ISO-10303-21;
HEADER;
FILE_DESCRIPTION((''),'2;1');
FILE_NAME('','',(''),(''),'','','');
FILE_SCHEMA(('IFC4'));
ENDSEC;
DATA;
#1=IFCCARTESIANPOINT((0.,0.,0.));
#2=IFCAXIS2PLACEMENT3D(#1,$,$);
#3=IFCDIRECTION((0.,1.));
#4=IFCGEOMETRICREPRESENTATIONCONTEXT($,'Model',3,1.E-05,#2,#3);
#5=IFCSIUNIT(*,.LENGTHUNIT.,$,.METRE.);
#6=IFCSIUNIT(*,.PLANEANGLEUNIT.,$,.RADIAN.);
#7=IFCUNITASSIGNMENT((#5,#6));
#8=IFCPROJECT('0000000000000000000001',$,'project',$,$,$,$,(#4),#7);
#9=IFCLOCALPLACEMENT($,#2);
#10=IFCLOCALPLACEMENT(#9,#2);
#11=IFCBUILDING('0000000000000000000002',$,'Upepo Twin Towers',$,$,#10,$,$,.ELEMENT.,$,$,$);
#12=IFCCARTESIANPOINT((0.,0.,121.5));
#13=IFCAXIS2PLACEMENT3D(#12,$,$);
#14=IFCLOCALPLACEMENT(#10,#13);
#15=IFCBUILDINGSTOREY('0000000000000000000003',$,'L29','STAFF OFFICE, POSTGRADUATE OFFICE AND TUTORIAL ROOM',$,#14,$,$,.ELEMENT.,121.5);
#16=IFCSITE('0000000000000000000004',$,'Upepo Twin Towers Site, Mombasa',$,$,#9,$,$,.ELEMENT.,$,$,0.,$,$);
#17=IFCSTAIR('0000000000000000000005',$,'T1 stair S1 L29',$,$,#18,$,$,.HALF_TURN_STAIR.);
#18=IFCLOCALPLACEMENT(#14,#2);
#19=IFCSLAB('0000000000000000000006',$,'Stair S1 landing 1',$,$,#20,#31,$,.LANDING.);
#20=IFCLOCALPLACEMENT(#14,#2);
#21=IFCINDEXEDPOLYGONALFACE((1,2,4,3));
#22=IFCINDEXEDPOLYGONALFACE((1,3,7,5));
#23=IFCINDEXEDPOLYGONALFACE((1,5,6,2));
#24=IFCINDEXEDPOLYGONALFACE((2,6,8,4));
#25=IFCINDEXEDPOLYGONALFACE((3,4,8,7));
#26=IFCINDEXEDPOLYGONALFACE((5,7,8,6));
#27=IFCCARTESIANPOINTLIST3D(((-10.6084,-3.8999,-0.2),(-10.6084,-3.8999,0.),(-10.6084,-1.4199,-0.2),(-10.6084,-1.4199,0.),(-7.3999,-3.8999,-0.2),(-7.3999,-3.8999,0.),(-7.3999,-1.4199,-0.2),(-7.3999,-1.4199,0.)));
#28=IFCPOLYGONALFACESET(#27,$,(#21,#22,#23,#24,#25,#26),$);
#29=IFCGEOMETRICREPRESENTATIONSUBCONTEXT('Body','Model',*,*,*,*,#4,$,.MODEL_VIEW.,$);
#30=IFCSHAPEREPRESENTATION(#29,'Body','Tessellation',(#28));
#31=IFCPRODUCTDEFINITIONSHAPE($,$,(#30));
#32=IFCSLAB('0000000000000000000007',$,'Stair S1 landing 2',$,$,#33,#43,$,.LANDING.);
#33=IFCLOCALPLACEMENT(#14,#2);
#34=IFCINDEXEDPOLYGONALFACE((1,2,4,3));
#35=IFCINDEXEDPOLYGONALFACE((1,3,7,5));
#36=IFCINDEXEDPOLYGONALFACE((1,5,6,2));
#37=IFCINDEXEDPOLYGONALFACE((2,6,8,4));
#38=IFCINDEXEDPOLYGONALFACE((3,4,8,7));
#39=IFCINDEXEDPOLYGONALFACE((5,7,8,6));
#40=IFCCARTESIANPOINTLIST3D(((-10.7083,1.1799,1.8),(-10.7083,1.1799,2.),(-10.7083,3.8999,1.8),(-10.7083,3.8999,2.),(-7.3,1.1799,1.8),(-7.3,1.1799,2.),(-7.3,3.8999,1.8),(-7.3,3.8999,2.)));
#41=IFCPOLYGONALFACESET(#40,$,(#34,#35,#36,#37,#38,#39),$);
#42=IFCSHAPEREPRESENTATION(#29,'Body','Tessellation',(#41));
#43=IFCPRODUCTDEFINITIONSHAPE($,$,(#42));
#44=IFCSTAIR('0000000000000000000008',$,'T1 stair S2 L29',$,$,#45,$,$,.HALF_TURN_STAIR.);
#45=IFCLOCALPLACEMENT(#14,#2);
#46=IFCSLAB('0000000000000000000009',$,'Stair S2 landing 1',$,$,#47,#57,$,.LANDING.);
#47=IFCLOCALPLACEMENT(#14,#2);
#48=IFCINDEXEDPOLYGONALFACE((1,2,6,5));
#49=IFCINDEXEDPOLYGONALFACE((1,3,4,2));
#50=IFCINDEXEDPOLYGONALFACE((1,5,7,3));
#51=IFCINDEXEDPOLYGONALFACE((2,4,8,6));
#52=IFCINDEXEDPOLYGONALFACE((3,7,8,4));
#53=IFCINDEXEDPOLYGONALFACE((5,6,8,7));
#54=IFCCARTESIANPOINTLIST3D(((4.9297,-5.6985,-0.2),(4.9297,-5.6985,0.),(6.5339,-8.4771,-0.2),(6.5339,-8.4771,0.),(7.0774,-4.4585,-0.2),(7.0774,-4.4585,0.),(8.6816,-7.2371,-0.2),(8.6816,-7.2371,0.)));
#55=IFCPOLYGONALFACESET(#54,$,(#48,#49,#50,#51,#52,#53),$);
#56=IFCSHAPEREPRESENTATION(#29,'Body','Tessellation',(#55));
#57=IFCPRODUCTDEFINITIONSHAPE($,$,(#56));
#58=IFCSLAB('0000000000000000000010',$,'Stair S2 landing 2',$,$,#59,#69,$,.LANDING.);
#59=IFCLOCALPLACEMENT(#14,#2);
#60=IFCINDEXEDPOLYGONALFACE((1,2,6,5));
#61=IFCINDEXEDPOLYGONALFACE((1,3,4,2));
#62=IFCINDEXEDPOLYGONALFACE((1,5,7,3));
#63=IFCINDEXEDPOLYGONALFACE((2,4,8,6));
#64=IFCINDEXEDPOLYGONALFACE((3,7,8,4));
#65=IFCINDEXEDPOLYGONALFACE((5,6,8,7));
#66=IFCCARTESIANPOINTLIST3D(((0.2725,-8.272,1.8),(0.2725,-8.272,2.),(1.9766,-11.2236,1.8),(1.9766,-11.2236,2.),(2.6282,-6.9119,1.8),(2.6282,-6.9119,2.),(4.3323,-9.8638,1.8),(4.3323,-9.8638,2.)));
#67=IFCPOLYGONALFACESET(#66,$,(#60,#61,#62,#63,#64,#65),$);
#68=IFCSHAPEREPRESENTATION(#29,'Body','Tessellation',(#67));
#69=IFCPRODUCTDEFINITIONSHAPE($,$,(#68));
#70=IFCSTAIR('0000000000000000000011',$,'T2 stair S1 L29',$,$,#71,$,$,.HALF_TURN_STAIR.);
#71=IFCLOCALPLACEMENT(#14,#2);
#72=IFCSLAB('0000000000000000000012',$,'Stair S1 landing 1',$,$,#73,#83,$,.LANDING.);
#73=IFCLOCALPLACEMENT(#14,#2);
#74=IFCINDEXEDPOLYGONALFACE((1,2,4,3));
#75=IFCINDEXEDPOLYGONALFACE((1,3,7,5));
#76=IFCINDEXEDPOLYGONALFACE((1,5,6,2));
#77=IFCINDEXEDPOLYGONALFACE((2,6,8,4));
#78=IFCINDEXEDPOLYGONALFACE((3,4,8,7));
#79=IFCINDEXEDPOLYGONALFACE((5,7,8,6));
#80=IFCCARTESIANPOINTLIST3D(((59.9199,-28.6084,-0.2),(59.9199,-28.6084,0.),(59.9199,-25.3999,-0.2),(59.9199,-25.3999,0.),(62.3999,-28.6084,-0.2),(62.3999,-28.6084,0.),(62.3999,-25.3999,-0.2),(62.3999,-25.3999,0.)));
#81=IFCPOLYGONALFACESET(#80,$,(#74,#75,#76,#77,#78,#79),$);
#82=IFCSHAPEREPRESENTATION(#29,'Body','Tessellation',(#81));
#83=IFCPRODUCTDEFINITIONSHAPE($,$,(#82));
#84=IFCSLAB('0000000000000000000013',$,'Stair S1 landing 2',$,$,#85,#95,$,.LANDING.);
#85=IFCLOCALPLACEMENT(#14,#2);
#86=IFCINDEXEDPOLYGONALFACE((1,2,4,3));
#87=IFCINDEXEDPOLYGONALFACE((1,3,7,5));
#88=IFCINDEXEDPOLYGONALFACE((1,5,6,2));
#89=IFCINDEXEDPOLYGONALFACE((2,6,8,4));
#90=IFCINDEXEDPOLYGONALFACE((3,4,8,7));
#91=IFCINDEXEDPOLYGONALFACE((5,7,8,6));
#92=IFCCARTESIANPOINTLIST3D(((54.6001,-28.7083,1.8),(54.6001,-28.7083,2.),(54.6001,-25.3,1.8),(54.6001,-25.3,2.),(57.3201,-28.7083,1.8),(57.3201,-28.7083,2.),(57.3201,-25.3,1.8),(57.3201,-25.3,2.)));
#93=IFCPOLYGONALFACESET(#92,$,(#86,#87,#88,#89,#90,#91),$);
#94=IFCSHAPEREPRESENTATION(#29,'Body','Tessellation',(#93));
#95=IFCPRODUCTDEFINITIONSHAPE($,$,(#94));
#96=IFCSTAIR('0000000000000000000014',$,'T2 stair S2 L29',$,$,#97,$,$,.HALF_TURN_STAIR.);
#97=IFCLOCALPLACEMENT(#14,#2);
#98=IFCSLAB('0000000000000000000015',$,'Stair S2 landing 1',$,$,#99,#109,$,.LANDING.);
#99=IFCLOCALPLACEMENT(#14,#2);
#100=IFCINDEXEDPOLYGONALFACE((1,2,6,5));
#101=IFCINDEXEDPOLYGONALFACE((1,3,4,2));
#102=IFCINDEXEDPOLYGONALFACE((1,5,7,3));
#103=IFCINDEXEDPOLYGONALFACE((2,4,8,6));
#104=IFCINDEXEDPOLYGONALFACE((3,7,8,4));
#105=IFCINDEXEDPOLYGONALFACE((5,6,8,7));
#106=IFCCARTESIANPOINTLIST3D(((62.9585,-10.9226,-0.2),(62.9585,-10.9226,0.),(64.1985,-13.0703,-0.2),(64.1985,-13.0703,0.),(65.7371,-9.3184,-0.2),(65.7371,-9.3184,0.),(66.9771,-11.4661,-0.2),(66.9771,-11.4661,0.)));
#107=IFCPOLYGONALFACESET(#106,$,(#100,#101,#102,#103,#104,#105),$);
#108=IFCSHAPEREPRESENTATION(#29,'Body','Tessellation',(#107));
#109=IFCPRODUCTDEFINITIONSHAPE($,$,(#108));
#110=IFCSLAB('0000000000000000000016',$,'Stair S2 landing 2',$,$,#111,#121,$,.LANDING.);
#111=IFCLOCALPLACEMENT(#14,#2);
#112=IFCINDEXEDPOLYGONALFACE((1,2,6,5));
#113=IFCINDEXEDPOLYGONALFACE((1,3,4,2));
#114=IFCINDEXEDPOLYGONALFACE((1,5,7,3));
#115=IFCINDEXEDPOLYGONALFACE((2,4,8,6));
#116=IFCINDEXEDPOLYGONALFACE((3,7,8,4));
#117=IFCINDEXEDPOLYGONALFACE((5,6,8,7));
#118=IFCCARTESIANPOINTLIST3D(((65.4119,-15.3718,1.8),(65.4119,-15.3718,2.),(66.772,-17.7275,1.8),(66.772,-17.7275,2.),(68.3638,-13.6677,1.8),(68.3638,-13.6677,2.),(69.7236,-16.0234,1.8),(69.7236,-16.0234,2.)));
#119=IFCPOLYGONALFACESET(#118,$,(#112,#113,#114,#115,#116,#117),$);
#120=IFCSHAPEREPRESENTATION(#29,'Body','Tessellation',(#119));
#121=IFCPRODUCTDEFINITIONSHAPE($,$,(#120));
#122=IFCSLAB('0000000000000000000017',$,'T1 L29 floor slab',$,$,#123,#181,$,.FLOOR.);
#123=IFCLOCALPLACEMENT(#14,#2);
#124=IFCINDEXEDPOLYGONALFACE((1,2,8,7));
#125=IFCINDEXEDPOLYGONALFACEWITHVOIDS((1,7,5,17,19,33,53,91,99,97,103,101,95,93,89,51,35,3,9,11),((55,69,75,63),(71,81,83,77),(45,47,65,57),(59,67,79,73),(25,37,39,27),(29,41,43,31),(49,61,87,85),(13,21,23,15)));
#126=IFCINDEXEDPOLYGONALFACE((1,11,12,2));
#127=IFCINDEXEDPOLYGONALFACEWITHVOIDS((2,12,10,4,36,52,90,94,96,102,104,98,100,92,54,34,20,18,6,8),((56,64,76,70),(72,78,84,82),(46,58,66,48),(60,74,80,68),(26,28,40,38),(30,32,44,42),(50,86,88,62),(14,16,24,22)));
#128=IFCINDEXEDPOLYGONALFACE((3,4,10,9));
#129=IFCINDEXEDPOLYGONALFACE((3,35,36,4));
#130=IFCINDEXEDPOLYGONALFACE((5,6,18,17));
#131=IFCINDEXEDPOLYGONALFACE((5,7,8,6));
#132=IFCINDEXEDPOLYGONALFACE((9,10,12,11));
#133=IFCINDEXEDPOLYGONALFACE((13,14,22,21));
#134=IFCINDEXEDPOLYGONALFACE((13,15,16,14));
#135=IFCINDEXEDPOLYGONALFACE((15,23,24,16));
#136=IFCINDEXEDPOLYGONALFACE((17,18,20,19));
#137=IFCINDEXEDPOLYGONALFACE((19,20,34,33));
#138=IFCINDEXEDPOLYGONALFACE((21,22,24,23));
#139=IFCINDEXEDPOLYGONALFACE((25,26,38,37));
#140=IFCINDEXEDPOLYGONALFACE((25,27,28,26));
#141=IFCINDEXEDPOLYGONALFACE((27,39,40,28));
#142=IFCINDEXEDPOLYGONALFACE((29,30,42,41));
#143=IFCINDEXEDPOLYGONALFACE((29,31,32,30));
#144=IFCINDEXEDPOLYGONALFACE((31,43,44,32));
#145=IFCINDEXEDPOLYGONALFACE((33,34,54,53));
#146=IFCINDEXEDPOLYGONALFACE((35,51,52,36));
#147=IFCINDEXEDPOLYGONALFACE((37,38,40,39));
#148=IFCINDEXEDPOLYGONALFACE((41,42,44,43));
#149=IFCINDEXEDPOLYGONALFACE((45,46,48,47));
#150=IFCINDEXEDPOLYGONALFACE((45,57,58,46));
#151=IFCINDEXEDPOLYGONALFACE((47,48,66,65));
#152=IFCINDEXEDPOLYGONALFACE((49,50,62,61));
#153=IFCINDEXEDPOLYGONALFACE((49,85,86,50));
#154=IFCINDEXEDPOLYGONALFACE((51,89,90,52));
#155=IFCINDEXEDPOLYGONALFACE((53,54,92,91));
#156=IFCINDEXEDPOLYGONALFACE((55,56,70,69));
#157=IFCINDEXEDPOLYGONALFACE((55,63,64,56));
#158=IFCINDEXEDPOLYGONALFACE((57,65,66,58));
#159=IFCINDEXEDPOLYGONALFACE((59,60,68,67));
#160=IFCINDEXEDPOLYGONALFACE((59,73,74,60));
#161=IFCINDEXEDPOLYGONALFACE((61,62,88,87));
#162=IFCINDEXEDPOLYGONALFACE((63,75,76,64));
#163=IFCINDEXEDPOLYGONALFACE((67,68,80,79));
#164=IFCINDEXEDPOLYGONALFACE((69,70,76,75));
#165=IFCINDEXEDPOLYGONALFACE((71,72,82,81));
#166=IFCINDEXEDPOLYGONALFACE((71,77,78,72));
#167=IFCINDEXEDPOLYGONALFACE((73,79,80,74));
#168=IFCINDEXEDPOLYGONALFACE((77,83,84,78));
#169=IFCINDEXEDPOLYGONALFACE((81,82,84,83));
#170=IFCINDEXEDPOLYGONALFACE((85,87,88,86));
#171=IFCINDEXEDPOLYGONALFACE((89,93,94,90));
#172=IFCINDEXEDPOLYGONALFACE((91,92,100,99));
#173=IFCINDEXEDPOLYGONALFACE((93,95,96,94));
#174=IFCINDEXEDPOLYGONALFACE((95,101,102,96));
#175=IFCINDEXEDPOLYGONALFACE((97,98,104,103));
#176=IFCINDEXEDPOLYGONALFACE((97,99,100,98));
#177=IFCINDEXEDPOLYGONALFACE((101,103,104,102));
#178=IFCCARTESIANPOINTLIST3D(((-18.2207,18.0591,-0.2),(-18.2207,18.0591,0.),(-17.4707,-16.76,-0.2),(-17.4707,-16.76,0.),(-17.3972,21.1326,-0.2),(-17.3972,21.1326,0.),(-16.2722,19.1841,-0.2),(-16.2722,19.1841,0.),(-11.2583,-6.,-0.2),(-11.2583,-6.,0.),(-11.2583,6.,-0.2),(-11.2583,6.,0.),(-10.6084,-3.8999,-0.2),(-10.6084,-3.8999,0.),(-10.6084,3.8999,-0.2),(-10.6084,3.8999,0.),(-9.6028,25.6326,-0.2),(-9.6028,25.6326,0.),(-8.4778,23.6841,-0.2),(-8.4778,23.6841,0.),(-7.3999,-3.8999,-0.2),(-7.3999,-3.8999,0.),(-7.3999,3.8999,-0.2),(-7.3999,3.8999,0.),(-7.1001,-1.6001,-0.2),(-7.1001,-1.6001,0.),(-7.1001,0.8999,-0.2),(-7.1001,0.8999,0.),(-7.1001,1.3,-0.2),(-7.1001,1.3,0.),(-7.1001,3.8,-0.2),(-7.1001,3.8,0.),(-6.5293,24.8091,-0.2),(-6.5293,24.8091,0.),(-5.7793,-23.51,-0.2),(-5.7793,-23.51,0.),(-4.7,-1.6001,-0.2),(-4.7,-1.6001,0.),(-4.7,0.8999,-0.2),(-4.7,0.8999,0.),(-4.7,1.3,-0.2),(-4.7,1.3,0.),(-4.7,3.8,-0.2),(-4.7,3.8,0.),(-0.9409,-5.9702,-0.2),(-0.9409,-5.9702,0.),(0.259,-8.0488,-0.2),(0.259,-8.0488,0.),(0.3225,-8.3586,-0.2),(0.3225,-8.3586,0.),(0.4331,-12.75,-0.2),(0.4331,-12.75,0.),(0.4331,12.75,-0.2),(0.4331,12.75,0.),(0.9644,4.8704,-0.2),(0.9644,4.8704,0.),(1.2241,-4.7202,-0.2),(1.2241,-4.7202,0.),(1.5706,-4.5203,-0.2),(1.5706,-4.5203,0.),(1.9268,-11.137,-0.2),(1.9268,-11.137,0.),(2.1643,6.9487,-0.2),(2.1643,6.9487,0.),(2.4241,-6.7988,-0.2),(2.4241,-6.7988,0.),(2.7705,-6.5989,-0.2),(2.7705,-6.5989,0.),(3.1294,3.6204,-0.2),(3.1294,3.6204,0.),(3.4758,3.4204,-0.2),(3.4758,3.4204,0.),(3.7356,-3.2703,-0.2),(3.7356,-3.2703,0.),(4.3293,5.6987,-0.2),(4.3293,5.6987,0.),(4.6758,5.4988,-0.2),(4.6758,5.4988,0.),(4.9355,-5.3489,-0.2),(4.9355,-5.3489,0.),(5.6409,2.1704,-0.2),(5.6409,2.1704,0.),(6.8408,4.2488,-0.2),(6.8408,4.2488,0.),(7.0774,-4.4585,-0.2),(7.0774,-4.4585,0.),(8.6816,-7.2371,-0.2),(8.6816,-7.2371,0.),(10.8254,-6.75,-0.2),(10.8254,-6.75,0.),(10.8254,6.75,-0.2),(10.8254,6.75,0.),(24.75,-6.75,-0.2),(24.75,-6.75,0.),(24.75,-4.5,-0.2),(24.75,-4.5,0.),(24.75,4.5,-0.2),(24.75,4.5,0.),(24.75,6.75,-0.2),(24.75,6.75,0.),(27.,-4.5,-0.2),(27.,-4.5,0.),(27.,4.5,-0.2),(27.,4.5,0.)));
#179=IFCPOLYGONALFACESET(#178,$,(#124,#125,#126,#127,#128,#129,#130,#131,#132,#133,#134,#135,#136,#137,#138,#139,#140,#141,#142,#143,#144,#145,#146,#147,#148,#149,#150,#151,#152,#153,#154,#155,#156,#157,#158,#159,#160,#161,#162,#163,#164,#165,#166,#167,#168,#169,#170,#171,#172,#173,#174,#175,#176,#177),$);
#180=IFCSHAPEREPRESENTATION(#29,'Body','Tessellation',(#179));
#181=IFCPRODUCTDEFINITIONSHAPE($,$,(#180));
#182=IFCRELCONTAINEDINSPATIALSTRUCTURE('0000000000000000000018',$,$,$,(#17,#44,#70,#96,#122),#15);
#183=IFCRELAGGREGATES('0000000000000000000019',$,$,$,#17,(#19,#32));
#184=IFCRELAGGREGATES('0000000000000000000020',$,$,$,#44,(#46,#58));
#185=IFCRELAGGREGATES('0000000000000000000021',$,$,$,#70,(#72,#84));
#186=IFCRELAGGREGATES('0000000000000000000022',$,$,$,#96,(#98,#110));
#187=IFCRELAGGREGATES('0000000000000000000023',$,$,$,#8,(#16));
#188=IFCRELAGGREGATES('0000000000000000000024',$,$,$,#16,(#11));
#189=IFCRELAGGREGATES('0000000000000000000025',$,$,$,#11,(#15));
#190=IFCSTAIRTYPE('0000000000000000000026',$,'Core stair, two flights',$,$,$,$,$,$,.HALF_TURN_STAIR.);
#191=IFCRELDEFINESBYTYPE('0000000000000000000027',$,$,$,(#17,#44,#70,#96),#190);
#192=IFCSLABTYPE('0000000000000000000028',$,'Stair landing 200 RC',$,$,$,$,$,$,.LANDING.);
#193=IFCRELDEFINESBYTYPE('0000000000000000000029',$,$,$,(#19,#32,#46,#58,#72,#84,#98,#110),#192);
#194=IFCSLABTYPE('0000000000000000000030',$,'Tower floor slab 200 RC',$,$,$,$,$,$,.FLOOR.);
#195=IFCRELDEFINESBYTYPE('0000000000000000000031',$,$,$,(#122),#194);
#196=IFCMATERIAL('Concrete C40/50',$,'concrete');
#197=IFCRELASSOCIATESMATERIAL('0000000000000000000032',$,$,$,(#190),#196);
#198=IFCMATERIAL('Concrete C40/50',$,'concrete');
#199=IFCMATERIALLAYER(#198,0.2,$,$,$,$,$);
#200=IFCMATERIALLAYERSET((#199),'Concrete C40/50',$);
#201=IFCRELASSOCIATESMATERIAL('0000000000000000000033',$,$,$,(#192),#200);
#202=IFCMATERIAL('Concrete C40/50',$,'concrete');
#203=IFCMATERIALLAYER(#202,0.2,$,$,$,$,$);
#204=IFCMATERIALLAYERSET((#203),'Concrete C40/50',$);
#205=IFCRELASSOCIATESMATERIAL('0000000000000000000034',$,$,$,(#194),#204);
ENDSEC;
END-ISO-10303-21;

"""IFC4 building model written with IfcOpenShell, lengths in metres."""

from ifc_helpers import new_model, si_unit, direction, frame, origin, place, context, subcontext, project, spatial, polyline, outline, extrude, material, layer, layer_set, type_object, element, aggregate, save


model = new_model("IFC4")

# Units and contexts
model_context = context("Model", 3, precision=1e-05, world=origin(), true_north=direction((0.0, 1.0)))
body_context = subcontext(model_context, "Body", "Model", "MODEL_VIEW")
ifc_project = project(units=[si_unit("LENGTHUNIT", "METRE"), si_unit("PLANEANGLEUNIT", "RADIAN")], contexts=[model_context])

# Site, building, storey
site_placement = place(None, origin())
site = spatial("IfcSite", under=ifc_project, at=site_placement, Name="Upepo Twin Towers Site, Mombasa", CompositionType="ELEMENT", RefElevation=0.0)
building_placement = place(site_placement, origin())
building = spatial("IfcBuilding", under=site, at=building_placement, Name="Upepo Twin Towers", CompositionType="ELEMENT")
storey_placement = place(building_placement, frame((0.0, 0.0, 121.5)))
storey = spatial("IfcBuildingStorey", under=building, at=storey_placement, Name="L29", Description="STAFF OFFICE, POSTGRADUATE OFFICE AND TUTORIAL ROOM", CompositionType="ELEMENT", Elevation=121.5)

# Stairs, slabs
ifc_material_1 = material(Name="Concrete C40/50", Category="concrete")
stair_type = type_object("IfcStairType", Name="Core stair, two flights", PredefinedType="HALF_TURN_STAIR", material=ifc_material_1)
stair_1_placement = place(storey_placement, origin())
stair_1 = element("IfcStair", 1, at=stair_1_placement, inside=storey, type_object=stair_type, Name="T1 stair S1 L29", PredefinedType="HALF_TURN_STAIR")
ifc_material_2 = material(Name="Concrete C40/50", Category="concrete")
ifc_layer_1 = layer(ifc_material_2, 0.2)
ifc_layer_set_1 = layer_set([ifc_layer_1], Name="Concrete C40/50")
slab_type_1 = type_object("IfcSlabType", Name="Stair landing 200 RC", PredefinedType="LANDING", material=ifc_layer_set_1)
slab_1_placement = place(storey_placement, frame((0.0, 0.0, -0.2)))
slab_1 = element("IfcSlab", 2, at=slab_1_placement, type_object=slab_type_1, Name="Stair S1 landing 1", PredefinedType="LANDING", context=body_context, shape_type="SweptSolid", body=[
    extrude(outline(polyline([(-7.3999, -1.4199), (-10.6084, -1.4199), (-10.6084, -3.8999), (-7.3999, -3.8999), (-7.3999, -1.4199)])), origin(), (0.0, 0.0, 1.0), 0.2),
])
slab_2_placement = place(storey_placement, frame((0.0, 0.0, 1.8)))
slab_2 = element("IfcSlab", 3, at=slab_2_placement, type_object=slab_type_1, Name="Stair S1 landing 2", PredefinedType="LANDING", context=body_context, shape_type="SweptSolid", body=[
    extrude(outline(polyline([(-7.3, 3.8999), (-10.7083, 3.8999), (-10.7083, 1.1799), (-7.3, 1.1799), (-7.3, 3.8999)])), origin(), (0.0, 0.0, 1.0), 0.2),
])
aggregate(stair_1, [slab_1, slab_2])
stair_2_placement = place(storey_placement, origin())
stair_2 = element("IfcStair", 4, at=stair_2_placement, inside=storey, type_object=stair_type, Name="T1 stair S2 L29", PredefinedType="HALF_TURN_STAIR")
slab_3_placement = place(storey_placement, frame((0.0, 0.0, -0.2)))
slab_3 = element("IfcSlab", 5, at=slab_3_placement, type_object=slab_type_1, Name="Stair S2 landing 1", PredefinedType="LANDING", context=body_context, shape_type="SweptSolid", body=[
    extrude(outline(polyline([(4.9297, -5.6985), (6.5339, -8.4771), (8.6816, -7.2371), (7.0774, -4.4585), (4.9297, -5.6985)])), origin(), (0.0, 0.0, 1.0), 0.2),
])
slab_4_placement = place(storey_placement, frame((0.0, 0.0, 1.8)))
slab_4 = element("IfcSlab", 6, at=slab_4_placement, type_object=slab_type_1, Name="Stair S2 landing 2", PredefinedType="LANDING", context=body_context, shape_type="SweptSolid", body=[
    extrude(outline(polyline([(0.2725, -8.272), (1.9766, -11.2236), (4.3323, -9.8638), (2.6282, -6.9119), (0.2725, -8.272)])), origin(), (0.0, 0.0, 1.0), 0.2),
])
aggregate(stair_2, [slab_3, slab_4])
stair_3_placement = place(storey_placement, origin())
stair_3 = element("IfcStair", 7, at=stair_3_placement, inside=storey, type_object=stair_type, Name="T2 stair S1 L29", PredefinedType="HALF_TURN_STAIR")
slab_5_placement = place(storey_placement, frame((0.0, 0.0, -0.2)))
slab_5 = element("IfcSlab", 8, at=slab_5_placement, type_object=slab_type_1, Name="Stair S1 landing 1", PredefinedType="LANDING", context=body_context, shape_type="SweptSolid", body=[
    extrude(outline(polyline([(59.9199, -25.3999), (59.9199, -28.6084), (62.3999, -28.6084), (62.3999, -25.3999), (59.9199, -25.3999)])), origin(), (0.0, 0.0, 1.0), 0.2),
])
slab_6_placement = place(storey_placement, frame((0.0, 0.0, 1.8)))
slab_6 = element("IfcSlab", 9, at=slab_6_placement, type_object=slab_type_1, Name="Stair S1 landing 2", PredefinedType="LANDING", context=body_context, shape_type="SweptSolid", body=[
    extrude(outline(polyline([(54.6001, -25.3), (54.6001, -28.7083), (57.3201, -28.7083), (57.3201, -25.3), (54.6001, -25.3)])), origin(), (0.0, 0.0, 1.0), 0.2),
])
aggregate(stair_3, [slab_5, slab_6])
stair_4_placement = place(storey_placement, origin())
stair_4 = element("IfcStair", 10, at=stair_4_placement, inside=storey, type_object=stair_type, Name="T2 stair S2 L29", PredefinedType="HALF_TURN_STAIR")
slab_7_placement = place(storey_placement, frame((0.0, 0.0, -0.2)))
slab_7 = element("IfcSlab", 11, at=slab_7_placement, type_object=slab_type_1, Name="Stair S2 landing 1", PredefinedType="LANDING", context=body_context, shape_type="SweptSolid", body=[
    extrude(outline(polyline([(64.1985, -13.0703), (66.9771, -11.4661), (65.7371, -9.3184), (62.9585, -10.9226), (64.1985, -13.0703)])), origin(), (0.0, 0.0, 1.0), 0.2),
])
slab_8_placement = place(storey_placement, frame((0.0, 0.0, 1.8)))
slab_8 = element("IfcSlab", 12, at=slab_8_placement, type_object=slab_type_1, Name="Stair S2 landing 2", PredefinedType="LANDING", context=body_context, shape_type="SweptSolid", body=[
    extrude(outline(polyline([(66.772, -17.7275), (69.7236, -16.0234), (68.3638, -13.6677), (65.4119, -15.3718), (66.772, -17.7275)])), origin(), (0.0, 0.0, 1.0), 0.2),
])
aggregate(stair_4, [slab_7, slab_8])

# Slab
ifc_material_3 = material(Name="Concrete C40/50", Category="concrete")
ifc_layer_2 = layer(ifc_material_3, 0.2)
ifc_layer_set_2 = layer_set([ifc_layer_2], Name="Concrete C40/50")
slab_type_2 = type_object("IfcSlabType", Name="Tower floor slab 200 RC", PredefinedType="FLOOR", material=ifc_layer_set_2)
slab_9_placement = place(storey_placement, frame((0.0, 0.0, -0.2)))
element("IfcSlab", 13, at=slab_9_placement, inside=storey, type_object=slab_type_2, Name="T1 L29 floor slab", PredefinedType="FLOOR", context=body_context, shape_type="SweptSolid", body=[
    extrude(outline(polyline([(-17.4707, -16.76), (-11.2583, -6.0), (-11.2583, 6.0), (-18.2207, 18.0591), (-16.2722, 19.1841), (-17.3972, 21.1326), (-9.6028, 25.6326), (-8.4778, 23.6841), (-6.5293, 24.8091), (0.4331, 12.75), (10.8254, 6.75), (24.75, 6.75), (24.75, 4.5), (27.0, 4.5), (27.0, -4.5), (24.75, -4.5), (24.75, -6.75), (10.8254, -6.75), (0.4331, -12.75), (-5.7793, -23.51), (-17.4707, -16.76)]), holes=[polyline([(5.6409, 2.1704), (6.8408, 4.2488), (4.6758, 5.4988), (3.4758, 3.4204), (5.6409, 2.1704)]), polyline([(3.1294, 3.6204), (4.3293, 5.6987), (2.1643, 6.9487), (0.9644, 4.8704), (3.1294, 3.6204)]), polyline([(-4.7, 3.8), (-7.1001, 3.8), (-7.1001, 1.3), (-4.7, 1.3), (-4.7, 3.8)]), polyline([(-4.7, 0.8999), (-7.1001, 0.8999), (-7.1001, -1.6001), (-4.7, -1.6001), (-4.7, 0.8999)]), polyline([(-7.3999, 3.8999), (-10.6084, 3.8999), (-10.6084, -3.8999), (-7.3999, -3.8999), (-7.3999, 3.8999)]), polyline([(-0.9409, -5.9702), (0.259, -8.0488), (2.4241, -6.7988), (1.2241, -4.7202), (-0.9409, -5.9702)]), polyline([(1.5706, -4.5203), (2.7705, -6.5989), (4.9355, -5.3489), (3.7356, -3.2703), (1.5706, -4.5203)]), polyline([(0.3225, -8.3586), (1.9268, -11.137), (8.6816, -7.2371), (7.0774, -4.4585), (0.3225, -8.3586)])]), origin(), (0.0, 0.0, 1.0), 0.2),
])

save(model, "model.ifc")
